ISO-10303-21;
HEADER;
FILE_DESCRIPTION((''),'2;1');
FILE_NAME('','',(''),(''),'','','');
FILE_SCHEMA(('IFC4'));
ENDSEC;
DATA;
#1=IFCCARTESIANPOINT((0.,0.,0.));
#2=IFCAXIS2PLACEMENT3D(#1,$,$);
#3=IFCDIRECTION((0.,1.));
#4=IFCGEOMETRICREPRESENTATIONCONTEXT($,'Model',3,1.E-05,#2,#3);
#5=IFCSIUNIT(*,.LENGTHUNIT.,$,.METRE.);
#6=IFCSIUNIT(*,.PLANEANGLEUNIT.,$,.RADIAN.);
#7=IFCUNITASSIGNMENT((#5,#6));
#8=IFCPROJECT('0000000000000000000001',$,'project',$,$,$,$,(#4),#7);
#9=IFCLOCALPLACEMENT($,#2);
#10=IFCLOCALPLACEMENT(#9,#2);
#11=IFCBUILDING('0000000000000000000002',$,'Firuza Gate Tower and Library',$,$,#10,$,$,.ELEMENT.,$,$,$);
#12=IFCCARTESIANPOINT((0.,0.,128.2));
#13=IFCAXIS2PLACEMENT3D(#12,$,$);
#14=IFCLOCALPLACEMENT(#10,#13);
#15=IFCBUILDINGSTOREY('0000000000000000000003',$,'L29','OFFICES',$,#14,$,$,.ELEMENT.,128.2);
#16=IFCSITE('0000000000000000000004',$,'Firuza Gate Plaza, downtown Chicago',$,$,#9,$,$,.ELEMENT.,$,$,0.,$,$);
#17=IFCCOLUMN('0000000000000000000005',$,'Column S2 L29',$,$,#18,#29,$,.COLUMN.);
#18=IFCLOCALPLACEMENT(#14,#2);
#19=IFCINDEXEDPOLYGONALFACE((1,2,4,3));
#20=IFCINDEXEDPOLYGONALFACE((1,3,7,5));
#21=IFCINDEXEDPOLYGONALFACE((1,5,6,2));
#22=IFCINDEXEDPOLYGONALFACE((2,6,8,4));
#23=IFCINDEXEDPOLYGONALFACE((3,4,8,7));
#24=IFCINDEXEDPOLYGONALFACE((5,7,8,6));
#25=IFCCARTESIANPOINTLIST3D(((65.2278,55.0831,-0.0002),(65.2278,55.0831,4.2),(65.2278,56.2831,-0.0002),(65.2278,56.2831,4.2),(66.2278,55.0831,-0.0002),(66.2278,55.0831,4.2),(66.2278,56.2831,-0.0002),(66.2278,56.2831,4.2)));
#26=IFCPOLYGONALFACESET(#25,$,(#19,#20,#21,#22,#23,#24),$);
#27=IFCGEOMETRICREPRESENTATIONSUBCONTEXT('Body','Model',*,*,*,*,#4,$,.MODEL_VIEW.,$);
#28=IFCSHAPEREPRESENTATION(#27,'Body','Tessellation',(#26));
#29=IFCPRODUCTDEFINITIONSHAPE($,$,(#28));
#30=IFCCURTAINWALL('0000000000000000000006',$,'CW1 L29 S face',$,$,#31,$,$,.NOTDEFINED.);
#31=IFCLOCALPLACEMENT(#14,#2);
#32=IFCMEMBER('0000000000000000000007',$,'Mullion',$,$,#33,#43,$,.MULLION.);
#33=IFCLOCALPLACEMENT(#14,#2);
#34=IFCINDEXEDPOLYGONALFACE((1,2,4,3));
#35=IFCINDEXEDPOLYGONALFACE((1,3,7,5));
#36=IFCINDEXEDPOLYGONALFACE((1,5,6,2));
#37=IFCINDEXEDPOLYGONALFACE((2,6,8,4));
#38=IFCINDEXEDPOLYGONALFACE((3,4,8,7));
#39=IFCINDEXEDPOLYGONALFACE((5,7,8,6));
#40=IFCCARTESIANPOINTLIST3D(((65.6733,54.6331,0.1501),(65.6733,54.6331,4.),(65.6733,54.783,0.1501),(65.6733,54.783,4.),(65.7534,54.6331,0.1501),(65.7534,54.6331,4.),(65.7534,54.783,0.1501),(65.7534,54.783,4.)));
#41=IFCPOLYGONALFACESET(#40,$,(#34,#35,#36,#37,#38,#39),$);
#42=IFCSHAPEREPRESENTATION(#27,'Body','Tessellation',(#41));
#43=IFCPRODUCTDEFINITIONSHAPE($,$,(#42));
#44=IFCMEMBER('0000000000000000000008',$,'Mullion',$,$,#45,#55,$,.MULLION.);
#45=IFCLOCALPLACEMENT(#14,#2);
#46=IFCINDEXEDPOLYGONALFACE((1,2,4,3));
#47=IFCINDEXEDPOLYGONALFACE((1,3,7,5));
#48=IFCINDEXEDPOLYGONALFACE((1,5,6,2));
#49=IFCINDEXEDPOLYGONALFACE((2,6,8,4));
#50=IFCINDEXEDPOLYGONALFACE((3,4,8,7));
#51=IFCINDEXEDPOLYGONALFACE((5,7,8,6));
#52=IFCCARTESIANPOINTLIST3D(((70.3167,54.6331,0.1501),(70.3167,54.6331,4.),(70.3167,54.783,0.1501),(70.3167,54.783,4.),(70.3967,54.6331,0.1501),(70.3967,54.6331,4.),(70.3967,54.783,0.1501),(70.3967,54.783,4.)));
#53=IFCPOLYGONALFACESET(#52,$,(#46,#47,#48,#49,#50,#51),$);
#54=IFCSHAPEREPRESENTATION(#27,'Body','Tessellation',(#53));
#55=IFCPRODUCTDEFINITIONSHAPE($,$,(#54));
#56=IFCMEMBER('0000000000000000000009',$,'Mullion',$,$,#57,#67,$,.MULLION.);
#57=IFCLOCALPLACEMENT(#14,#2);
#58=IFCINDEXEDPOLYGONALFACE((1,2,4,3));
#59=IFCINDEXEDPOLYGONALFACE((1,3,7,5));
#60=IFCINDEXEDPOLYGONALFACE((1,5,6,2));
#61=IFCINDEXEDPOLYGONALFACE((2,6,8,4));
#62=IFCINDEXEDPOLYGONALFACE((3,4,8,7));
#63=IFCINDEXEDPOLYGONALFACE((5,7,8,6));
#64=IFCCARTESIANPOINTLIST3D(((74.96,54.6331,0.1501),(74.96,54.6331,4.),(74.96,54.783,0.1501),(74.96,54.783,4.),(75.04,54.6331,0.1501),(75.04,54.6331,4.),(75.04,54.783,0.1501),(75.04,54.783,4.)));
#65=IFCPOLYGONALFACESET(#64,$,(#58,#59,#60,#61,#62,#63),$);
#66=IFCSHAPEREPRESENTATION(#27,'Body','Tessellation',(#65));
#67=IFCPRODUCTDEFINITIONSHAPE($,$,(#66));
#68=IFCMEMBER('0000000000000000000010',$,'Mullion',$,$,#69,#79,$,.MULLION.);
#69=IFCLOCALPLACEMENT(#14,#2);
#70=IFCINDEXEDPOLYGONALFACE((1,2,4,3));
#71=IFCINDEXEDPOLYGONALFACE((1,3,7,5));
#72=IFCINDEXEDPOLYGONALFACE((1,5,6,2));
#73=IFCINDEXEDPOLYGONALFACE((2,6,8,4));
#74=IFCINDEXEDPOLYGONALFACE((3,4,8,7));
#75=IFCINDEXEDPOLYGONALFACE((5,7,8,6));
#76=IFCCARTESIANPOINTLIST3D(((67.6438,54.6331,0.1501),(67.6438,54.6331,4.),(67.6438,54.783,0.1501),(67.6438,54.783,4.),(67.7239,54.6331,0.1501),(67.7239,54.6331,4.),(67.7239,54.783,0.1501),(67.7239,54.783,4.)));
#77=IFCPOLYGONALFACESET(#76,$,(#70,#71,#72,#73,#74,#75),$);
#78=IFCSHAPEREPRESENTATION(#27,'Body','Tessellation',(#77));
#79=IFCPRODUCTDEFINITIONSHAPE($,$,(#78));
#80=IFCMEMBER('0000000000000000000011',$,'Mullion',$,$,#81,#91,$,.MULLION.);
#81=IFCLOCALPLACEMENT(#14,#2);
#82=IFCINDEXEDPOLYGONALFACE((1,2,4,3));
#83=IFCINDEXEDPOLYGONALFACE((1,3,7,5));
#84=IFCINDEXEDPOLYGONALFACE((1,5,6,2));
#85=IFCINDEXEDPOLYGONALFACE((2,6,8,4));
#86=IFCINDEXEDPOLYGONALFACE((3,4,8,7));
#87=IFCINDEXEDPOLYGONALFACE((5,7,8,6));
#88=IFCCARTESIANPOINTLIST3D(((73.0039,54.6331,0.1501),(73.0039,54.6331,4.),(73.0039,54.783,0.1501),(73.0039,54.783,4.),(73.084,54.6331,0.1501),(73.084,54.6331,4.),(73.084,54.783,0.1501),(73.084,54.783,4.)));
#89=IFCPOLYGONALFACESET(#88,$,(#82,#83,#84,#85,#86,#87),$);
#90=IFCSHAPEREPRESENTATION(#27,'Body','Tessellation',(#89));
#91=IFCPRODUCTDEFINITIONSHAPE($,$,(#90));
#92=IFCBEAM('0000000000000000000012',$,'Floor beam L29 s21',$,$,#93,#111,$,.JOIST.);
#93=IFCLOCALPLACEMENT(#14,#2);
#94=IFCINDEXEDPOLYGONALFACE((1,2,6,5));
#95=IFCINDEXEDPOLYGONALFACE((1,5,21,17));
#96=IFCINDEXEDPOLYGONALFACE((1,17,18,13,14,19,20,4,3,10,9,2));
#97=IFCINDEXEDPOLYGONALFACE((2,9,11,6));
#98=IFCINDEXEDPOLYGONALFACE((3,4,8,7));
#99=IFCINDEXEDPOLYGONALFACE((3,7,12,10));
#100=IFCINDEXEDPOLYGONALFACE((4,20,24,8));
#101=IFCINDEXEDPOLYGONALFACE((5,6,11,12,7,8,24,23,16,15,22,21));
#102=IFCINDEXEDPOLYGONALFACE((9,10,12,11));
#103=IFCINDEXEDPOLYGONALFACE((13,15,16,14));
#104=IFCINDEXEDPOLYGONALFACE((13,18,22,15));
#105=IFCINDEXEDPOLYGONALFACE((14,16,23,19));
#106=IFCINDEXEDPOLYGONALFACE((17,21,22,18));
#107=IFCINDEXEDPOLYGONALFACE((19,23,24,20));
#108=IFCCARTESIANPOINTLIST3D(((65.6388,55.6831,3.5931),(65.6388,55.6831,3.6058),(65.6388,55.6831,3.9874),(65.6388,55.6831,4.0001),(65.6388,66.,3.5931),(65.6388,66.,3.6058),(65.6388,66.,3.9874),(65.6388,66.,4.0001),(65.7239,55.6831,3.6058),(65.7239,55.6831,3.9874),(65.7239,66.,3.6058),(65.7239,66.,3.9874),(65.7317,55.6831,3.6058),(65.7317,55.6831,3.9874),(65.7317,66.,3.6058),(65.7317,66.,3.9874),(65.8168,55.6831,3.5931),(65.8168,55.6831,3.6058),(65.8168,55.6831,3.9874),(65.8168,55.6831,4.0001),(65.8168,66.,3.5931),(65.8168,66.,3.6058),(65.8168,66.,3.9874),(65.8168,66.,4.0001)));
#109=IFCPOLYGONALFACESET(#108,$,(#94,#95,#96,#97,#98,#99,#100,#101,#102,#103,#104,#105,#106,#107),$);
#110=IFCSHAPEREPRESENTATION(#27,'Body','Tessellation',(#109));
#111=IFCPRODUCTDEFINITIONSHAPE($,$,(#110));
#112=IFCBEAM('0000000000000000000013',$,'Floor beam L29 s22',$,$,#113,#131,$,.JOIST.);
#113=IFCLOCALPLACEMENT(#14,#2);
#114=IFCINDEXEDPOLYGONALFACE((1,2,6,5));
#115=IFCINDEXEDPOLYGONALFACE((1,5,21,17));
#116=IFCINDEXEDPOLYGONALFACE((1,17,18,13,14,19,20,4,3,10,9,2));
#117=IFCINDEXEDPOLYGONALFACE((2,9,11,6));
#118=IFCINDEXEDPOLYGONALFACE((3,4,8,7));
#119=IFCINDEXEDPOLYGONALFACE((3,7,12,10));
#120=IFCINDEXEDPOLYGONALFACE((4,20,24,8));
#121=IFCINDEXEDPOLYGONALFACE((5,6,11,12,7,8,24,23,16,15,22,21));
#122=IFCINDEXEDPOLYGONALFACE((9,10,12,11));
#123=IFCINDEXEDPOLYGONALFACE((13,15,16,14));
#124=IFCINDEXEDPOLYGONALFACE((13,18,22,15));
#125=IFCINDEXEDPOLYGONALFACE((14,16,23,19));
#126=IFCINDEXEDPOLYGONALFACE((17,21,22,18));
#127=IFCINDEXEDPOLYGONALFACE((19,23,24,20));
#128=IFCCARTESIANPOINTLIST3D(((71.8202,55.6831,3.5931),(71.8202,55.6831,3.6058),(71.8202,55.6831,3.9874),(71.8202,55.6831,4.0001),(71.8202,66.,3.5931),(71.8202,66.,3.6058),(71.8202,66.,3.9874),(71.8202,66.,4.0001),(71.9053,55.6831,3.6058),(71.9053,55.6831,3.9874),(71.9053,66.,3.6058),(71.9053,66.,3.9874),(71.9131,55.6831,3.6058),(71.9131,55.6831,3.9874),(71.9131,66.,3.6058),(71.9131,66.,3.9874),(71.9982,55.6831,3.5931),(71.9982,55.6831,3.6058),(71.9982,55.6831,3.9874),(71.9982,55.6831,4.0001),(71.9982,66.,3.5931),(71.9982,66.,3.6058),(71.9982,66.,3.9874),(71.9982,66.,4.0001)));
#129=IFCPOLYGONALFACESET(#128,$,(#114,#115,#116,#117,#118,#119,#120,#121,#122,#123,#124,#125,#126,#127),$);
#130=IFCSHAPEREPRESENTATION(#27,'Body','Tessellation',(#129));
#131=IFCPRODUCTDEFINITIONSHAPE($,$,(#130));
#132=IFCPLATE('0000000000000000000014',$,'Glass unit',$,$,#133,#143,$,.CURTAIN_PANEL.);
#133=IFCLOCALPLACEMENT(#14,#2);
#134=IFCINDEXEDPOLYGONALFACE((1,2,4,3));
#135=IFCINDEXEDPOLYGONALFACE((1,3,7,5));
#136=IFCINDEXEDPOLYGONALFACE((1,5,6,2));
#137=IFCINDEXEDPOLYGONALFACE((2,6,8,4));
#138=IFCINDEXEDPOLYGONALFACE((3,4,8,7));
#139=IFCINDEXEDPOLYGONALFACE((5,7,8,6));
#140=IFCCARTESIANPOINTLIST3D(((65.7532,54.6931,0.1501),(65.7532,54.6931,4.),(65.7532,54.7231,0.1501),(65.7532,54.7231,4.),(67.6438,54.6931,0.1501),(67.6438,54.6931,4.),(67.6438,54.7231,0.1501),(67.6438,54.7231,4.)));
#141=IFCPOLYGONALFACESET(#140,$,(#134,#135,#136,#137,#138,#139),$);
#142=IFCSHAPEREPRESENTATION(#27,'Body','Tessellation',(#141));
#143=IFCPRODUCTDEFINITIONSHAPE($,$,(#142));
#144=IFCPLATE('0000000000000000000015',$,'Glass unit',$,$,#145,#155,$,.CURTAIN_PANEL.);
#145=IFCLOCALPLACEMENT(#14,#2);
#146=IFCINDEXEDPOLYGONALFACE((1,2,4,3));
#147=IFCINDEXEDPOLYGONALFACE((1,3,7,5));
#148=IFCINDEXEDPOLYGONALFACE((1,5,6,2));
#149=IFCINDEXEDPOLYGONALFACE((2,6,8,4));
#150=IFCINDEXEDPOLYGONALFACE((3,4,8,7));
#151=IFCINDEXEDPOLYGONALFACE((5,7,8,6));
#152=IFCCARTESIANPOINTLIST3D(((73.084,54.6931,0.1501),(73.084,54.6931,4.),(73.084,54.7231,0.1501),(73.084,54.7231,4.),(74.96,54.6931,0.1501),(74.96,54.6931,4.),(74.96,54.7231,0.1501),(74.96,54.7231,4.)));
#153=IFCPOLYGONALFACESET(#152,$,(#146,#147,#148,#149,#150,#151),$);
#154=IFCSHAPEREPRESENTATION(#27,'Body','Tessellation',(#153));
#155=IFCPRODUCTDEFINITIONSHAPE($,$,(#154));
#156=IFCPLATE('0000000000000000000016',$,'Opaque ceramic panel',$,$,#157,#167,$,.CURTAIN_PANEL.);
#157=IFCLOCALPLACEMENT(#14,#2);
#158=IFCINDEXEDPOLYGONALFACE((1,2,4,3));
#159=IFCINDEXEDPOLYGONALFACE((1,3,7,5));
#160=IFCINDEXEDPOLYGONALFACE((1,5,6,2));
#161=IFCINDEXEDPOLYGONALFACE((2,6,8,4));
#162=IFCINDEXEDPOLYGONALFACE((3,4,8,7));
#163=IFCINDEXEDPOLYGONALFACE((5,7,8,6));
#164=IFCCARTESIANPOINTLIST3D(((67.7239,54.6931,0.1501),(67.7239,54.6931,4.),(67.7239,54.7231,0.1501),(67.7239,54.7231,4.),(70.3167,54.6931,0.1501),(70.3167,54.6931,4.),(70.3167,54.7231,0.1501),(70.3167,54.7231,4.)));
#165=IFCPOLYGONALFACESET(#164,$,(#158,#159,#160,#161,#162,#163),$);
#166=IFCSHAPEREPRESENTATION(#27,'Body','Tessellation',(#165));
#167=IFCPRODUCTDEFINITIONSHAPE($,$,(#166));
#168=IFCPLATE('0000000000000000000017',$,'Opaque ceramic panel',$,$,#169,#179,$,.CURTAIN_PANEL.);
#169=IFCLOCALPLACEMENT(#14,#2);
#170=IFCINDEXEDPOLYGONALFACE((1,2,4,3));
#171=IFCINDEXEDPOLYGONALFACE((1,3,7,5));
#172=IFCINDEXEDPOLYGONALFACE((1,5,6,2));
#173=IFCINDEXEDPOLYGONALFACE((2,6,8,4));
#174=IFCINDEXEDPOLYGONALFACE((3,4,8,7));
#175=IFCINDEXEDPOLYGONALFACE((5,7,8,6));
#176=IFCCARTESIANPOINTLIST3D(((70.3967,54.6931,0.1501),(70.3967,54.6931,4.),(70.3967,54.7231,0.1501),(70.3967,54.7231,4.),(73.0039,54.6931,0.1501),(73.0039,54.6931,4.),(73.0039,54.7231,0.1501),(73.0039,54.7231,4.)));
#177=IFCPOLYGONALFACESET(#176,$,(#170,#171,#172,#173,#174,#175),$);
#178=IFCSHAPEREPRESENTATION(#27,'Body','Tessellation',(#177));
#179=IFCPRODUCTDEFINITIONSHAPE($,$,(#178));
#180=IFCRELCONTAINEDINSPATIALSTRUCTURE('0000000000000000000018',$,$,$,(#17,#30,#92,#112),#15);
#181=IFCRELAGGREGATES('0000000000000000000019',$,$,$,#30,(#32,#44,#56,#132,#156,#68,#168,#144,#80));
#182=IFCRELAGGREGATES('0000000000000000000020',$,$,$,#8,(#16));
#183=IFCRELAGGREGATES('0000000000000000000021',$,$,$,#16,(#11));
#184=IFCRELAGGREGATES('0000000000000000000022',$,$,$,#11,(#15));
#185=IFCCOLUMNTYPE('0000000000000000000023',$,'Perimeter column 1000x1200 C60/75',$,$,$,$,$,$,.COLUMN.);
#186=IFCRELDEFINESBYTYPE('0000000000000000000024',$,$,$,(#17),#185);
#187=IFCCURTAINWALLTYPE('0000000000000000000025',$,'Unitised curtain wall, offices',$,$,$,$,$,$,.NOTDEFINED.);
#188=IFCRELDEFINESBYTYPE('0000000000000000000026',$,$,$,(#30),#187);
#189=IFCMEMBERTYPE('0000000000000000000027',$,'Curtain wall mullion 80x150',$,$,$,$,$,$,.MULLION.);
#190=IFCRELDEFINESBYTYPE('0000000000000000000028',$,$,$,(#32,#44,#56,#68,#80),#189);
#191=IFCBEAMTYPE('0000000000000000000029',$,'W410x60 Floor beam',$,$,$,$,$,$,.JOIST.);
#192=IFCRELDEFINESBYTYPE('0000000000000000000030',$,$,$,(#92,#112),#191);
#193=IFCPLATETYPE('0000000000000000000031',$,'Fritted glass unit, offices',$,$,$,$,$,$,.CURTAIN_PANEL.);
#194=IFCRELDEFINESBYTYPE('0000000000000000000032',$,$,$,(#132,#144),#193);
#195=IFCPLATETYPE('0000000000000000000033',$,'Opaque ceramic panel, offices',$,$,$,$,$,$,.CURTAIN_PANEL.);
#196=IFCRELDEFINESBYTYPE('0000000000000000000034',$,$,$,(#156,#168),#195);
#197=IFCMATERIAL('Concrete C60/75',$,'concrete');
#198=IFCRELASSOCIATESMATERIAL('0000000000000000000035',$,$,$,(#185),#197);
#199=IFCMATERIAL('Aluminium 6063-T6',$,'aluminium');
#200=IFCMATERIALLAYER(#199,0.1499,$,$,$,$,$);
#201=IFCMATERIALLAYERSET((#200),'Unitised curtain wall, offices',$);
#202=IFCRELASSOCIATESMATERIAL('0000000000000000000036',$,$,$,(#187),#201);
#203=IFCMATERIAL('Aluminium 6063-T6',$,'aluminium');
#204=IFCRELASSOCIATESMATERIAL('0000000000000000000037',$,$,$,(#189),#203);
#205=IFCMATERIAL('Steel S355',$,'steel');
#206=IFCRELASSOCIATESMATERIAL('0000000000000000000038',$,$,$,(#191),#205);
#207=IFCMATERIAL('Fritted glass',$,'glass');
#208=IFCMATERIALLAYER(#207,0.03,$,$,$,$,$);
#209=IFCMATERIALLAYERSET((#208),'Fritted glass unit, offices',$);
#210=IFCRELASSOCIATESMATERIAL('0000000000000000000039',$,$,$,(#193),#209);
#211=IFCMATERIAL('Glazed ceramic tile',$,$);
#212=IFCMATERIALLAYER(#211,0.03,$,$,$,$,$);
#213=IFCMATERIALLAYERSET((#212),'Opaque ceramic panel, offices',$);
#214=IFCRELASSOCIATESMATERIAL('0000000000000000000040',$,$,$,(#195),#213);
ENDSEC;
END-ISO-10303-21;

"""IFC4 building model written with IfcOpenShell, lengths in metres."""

from ifc_helpers import new_model, si_unit, direction, frame, origin, origin_2d, place, context, subcontext, project, spatial, polyline, rectangle, i_section, outline, extrude, material, layer, layer_set, material_profile, profile_set, type_object, element, aggregate, save


model = new_model("IFC4")

# Units and contexts
model_context = context("Model", 3, precision=1e-05, world=origin(), true_north=direction((0.0, 1.0)))
body_context = subcontext(model_context, "Body", "Model", "MODEL_VIEW")
ifc_project = project(units=[si_unit("LENGTHUNIT", "METRE"), si_unit("PLANEANGLEUNIT", "RADIAN")], contexts=[model_context])

# Site, building, storey
site_placement = place(None, origin())
site = spatial("IfcSite", under=ifc_project, at=site_placement, Name="Firuza Gate Plaza, downtown Chicago", CompositionType="ELEMENT", RefElevation=0.0)
building_placement = place(site_placement, origin())
building = spatial("IfcBuilding", under=site, at=building_placement, Name="Firuza Gate Tower and Library", CompositionType="ELEMENT")
storey_placement = place(building_placement, frame((0.0, 0.0, 128.2)))
storey = spatial("IfcBuildingStorey", under=building, at=storey_placement, Name="L29", Description="OFFICES", CompositionType="ELEMENT", Elevation=128.2)

# Column
ifc_material_1 = material(Name="Concrete C60/75", Category="concrete")
ifc_material_profile_1 = material_profile(ifc_material_1, rectangle(XDim=1.0, YDim=1.2, at=origin_2d()))
ifc_profile_set_1 = profile_set([ifc_material_profile_1], Name="Concrete C60/75")
column_type = type_object("IfcColumnType", Name="Perimeter column 1000x1200 C60/75", PredefinedType="COLUMN", material=ifc_profile_set_1)
column_placement = place(storey_placement, frame((65.7278, 55.6831, -0.0002), z_axis=(0.0, 0.0, 1.0), x_axis=(1.0, 0.0, 0.0)))
element("IfcColumn", 1, at=column_placement, inside=storey, type_object=column_type, Name="Column S2 L29", PredefinedType="COLUMN", context=body_context, shape_type="SweptSolid", body=[
    extrude(rectangle(XDim=1.0, YDim=1.2, at=origin_2d()), origin(), (0.0, 0.0, 1.0), 4.2002),
])

# Curtain wall, members
ifc_material_2 = material(Name="Aluminium 6063-T6", Category="aluminium")
ifc_layer_1 = layer(ifc_material_2, 0.1499)
ifc_layer_set_1 = layer_set([ifc_layer_1], Name="Unitised curtain wall, offices")
curtain_wall_type = type_object("IfcCurtainWallType", Name="Unitised curtain wall, offices", PredefinedType="NOTDEFINED", material=ifc_layer_set_1)
curtain_wall_placement = place(storey_placement, origin())
curtain_wall = element("IfcCurtainWall", 2, at=curtain_wall_placement, inside=storey, type_object=curtain_wall_type, Name="CW1 L29 S face", PredefinedType="NOTDEFINED")
ifc_material_3 = material(Name="Aluminium 6063-T6", Category="aluminium")
ifc_material_profile_2 = material_profile(ifc_material_3, rectangle(XDim=0.1499, YDim=0.0801, at=origin_2d()))
ifc_profile_set_2 = profile_set([ifc_material_profile_2], Name="Aluminium 6063-T6")
member_type = type_object("IfcMemberType", Name="Curtain wall mullion 80x150", PredefinedType="MULLION", material=ifc_profile_set_2)
member_1_placement = place(storey_placement, frame((65.7134, 54.708, 0.1501), z_axis=(0.0, 0.0, 1.0), x_axis=(0.0, 1.0, 0.0)))
member_1 = element("IfcMember", 3, at=member_1_placement, type_object=member_type, Name="Mullion", PredefinedType="MULLION", context=body_context, shape_type="SweptSolid", body=[
    extrude(rectangle(XDim=0.1499, YDim=0.0801, at=origin_2d()), origin(), (0.0, 0.0, 1.0), 3.8499),
])
member_2_placement = place(storey_placement, frame((70.3567, 54.708, 0.1501), z_axis=(0.0, 0.0, 1.0), x_axis=(0.0, 1.0, 0.0)))
member_2 = element("IfcMember", 4, at=member_2_placement, type_object=member_type, Name="Mullion", PredefinedType="MULLION", context=body_context, shape_type="SweptSolid", body=[
    extrude(rectangle(XDim=0.1499, YDim=0.0801, at=origin_2d()), origin(), (0.0, 0.0, 1.0), 3.8499),
])
member_3_placement = place(storey_placement, frame((75.0, 54.708, 0.1501), z_axis=(0.0, 0.0, 1.0), x_axis=(0.0, 1.0, 0.0)))
member_3 = element("IfcMember", 5, at=member_3_placement, type_object=member_type, Name="Mullion", PredefinedType="MULLION", context=body_context, shape_type="SweptSolid", body=[
    extrude(rectangle(XDim=0.1499, YDim=0.0801, at=origin_2d()), origin(), (0.0, 0.0, 1.0), 3.8499),
])
member_4_placement = place(storey_placement, frame((67.6838, 54.708, 0.1501), z_axis=(0.0, 0.0, 1.0), x_axis=(0.0, 1.0, 0.0)))
member_4 = element("IfcMember", 6, at=member_4_placement, type_object=member_type, Name="Mullion", PredefinedType="MULLION", context=body_context, shape_type="SweptSolid", body=[
    extrude(rectangle(XDim=0.1499, YDim=0.0801, at=origin_2d()), origin(), (0.0, 0.0, 1.0), 3.8499),
])
member_5_placement = place(storey_placement, frame((73.0439, 54.708, 0.1501), z_axis=(0.0, 0.0, 1.0), x_axis=(0.0, 1.0, 0.0)))
member_5 = element("IfcMember", 7, at=member_5_placement, type_object=member_type, Name="Mullion", PredefinedType="MULLION", context=body_context, shape_type="SweptSolid", body=[
    extrude(rectangle(XDim=0.1499, YDim=0.0801, at=origin_2d()), origin(), (0.0, 0.0, 1.0), 3.8499),
])

# Beams
ifc_material_4 = material(Name="Steel S355", Category="steel")
ifc_material_profile_3 = material_profile(ifc_material_4, i_section(OverallWidth=0.178, OverallDepth=0.407, WebThickness=0.0078, FlangeThickness=0.0127, at=origin_2d()))
ifc_profile_set_3 = profile_set([ifc_material_profile_3], Name="Steel S355")
beam_type = type_object("IfcBeamType", Name="W410x60 Floor beam", PredefinedType="JOIST", material=ifc_profile_set_3)
for number, where, z_axis, x_axis, name in (
    (8, (65.7278, 55.6831, 3.7966), (0.0, 1.0, 0.0), (-1.0, 0.0, 0.0), "Floor beam L29 s21"),
    (9, (71.9092, 55.6831, 3.7966), (0.0, 1.0, 0.0), (-1.0, 0.0, 0.0), "Floor beam L29 s22"),
):
    element("IfcBeam", number, at=place(storey_placement, frame(where, z_axis=z_axis, x_axis=x_axis)), inside=storey, type_object=beam_type, Name=name, PredefinedType="JOIST", context=body_context, shape_type="SweptSolid", body=[
        extrude(i_section(OverallWidth=0.178, OverallDepth=0.407, WebThickness=0.0078, FlangeThickness=0.0127, at=origin_2d()), origin(), (0.0, 0.0, 1.0), 10.3169),
    ])

# Plates
ifc_material_5 = material(Name="Fritted glass", Category="glass")
ifc_layer_2 = layer(ifc_material_5, 0.03)
ifc_layer_set_2 = layer_set([ifc_layer_2], Name="Fritted glass unit, offices")
plate_type_1 = type_object("IfcPlateType", Name="Fritted glass unit, offices", PredefinedType="CURTAIN_PANEL", material=ifc_layer_set_2)
plate_1_placement = place(storey_placement, frame((65.7532, 54.6931, 0.1501), z_axis=(0.0, -1.0, 0.0), x_axis=(1.0, 0.0, 0.0)))
plate_1 = element("IfcPlate", 10, at=plate_1_placement, type_object=plate_type_1, Name="Glass unit", PredefinedType="CURTAIN_PANEL", context=body_context, shape_type="SweptSolid", body=[
    extrude(outline(polyline([(0.0, 0.0), (1.8906, 0.0), (1.8906, 3.8499), (0.0, 3.8499), (0.0, 0.0)])), origin(), (0.0, 0.0, -1.0), 0.03),
])
plate_2_placement = place(storey_placement, frame((73.084, 54.6931, 0.1501), z_axis=(0.0, -1.0, 0.0), x_axis=(1.0, 0.0, 0.0)))
plate_2 = element("IfcPlate", 11, at=plate_2_placement, type_object=plate_type_1, Name="Glass unit", PredefinedType="CURTAIN_PANEL", context=body_context, shape_type="SweptSolid", body=[
    extrude(outline(polyline([(0.0, 0.0), (1.876, 0.0), (1.876, 3.8499), (0.0, 3.8499), (0.0, 0.0)])), origin(), (0.0, 0.0, -1.0), 0.03),
])
ifc_material_6 = material(Name="Glazed ceramic tile")
ifc_layer_3 = layer(ifc_material_6, 0.03)
ifc_layer_set_3 = layer_set([ifc_layer_3], Name="Opaque ceramic panel, offices")
plate_type_2 = type_object("IfcPlateType", Name="Opaque ceramic panel, offices", PredefinedType="CURTAIN_PANEL", material=ifc_layer_set_3)
plate_3_placement = place(storey_placement, frame((67.7239, 54.6931, 0.1501), z_axis=(0.0, -1.0, 0.0), x_axis=(1.0, 0.0, 0.0)))
plate_3 = element("IfcPlate", 12, at=plate_3_placement, type_object=plate_type_2, Name="Opaque ceramic panel", PredefinedType="CURTAIN_PANEL", context=body_context, shape_type="SweptSolid", body=[
    extrude(outline(polyline([(0.0, 0.0), (2.5928, 0.0), (2.5928, 3.8499), (0.0, 3.8499), (0.0, 0.0)])), origin(), (0.0, 0.0, -1.0), 0.03),
])
plate_4_placement = place(storey_placement, frame((70.3967, 54.6931, 0.1501), z_axis=(0.0, -1.0, 0.0), x_axis=(1.0, 0.0, 0.0)))
plate_4 = element("IfcPlate", 13, at=plate_4_placement, type_object=plate_type_2, Name="Opaque ceramic panel", PredefinedType="CURTAIN_PANEL", context=body_context, shape_type="SweptSolid", body=[
    extrude(outline(polyline([(0.0, 0.0), (2.6072, 0.0), (2.6072, 3.8499), (0.0, 3.8499), (0.0, 0.0)])), origin(), (0.0, 0.0, -1.0), 0.03),
])
aggregate(curtain_wall, [member_1, member_2, member_3, plate_1, plate_3, member_4, plate_4, plate_2, member_5])

save(model, "model.ifc")
